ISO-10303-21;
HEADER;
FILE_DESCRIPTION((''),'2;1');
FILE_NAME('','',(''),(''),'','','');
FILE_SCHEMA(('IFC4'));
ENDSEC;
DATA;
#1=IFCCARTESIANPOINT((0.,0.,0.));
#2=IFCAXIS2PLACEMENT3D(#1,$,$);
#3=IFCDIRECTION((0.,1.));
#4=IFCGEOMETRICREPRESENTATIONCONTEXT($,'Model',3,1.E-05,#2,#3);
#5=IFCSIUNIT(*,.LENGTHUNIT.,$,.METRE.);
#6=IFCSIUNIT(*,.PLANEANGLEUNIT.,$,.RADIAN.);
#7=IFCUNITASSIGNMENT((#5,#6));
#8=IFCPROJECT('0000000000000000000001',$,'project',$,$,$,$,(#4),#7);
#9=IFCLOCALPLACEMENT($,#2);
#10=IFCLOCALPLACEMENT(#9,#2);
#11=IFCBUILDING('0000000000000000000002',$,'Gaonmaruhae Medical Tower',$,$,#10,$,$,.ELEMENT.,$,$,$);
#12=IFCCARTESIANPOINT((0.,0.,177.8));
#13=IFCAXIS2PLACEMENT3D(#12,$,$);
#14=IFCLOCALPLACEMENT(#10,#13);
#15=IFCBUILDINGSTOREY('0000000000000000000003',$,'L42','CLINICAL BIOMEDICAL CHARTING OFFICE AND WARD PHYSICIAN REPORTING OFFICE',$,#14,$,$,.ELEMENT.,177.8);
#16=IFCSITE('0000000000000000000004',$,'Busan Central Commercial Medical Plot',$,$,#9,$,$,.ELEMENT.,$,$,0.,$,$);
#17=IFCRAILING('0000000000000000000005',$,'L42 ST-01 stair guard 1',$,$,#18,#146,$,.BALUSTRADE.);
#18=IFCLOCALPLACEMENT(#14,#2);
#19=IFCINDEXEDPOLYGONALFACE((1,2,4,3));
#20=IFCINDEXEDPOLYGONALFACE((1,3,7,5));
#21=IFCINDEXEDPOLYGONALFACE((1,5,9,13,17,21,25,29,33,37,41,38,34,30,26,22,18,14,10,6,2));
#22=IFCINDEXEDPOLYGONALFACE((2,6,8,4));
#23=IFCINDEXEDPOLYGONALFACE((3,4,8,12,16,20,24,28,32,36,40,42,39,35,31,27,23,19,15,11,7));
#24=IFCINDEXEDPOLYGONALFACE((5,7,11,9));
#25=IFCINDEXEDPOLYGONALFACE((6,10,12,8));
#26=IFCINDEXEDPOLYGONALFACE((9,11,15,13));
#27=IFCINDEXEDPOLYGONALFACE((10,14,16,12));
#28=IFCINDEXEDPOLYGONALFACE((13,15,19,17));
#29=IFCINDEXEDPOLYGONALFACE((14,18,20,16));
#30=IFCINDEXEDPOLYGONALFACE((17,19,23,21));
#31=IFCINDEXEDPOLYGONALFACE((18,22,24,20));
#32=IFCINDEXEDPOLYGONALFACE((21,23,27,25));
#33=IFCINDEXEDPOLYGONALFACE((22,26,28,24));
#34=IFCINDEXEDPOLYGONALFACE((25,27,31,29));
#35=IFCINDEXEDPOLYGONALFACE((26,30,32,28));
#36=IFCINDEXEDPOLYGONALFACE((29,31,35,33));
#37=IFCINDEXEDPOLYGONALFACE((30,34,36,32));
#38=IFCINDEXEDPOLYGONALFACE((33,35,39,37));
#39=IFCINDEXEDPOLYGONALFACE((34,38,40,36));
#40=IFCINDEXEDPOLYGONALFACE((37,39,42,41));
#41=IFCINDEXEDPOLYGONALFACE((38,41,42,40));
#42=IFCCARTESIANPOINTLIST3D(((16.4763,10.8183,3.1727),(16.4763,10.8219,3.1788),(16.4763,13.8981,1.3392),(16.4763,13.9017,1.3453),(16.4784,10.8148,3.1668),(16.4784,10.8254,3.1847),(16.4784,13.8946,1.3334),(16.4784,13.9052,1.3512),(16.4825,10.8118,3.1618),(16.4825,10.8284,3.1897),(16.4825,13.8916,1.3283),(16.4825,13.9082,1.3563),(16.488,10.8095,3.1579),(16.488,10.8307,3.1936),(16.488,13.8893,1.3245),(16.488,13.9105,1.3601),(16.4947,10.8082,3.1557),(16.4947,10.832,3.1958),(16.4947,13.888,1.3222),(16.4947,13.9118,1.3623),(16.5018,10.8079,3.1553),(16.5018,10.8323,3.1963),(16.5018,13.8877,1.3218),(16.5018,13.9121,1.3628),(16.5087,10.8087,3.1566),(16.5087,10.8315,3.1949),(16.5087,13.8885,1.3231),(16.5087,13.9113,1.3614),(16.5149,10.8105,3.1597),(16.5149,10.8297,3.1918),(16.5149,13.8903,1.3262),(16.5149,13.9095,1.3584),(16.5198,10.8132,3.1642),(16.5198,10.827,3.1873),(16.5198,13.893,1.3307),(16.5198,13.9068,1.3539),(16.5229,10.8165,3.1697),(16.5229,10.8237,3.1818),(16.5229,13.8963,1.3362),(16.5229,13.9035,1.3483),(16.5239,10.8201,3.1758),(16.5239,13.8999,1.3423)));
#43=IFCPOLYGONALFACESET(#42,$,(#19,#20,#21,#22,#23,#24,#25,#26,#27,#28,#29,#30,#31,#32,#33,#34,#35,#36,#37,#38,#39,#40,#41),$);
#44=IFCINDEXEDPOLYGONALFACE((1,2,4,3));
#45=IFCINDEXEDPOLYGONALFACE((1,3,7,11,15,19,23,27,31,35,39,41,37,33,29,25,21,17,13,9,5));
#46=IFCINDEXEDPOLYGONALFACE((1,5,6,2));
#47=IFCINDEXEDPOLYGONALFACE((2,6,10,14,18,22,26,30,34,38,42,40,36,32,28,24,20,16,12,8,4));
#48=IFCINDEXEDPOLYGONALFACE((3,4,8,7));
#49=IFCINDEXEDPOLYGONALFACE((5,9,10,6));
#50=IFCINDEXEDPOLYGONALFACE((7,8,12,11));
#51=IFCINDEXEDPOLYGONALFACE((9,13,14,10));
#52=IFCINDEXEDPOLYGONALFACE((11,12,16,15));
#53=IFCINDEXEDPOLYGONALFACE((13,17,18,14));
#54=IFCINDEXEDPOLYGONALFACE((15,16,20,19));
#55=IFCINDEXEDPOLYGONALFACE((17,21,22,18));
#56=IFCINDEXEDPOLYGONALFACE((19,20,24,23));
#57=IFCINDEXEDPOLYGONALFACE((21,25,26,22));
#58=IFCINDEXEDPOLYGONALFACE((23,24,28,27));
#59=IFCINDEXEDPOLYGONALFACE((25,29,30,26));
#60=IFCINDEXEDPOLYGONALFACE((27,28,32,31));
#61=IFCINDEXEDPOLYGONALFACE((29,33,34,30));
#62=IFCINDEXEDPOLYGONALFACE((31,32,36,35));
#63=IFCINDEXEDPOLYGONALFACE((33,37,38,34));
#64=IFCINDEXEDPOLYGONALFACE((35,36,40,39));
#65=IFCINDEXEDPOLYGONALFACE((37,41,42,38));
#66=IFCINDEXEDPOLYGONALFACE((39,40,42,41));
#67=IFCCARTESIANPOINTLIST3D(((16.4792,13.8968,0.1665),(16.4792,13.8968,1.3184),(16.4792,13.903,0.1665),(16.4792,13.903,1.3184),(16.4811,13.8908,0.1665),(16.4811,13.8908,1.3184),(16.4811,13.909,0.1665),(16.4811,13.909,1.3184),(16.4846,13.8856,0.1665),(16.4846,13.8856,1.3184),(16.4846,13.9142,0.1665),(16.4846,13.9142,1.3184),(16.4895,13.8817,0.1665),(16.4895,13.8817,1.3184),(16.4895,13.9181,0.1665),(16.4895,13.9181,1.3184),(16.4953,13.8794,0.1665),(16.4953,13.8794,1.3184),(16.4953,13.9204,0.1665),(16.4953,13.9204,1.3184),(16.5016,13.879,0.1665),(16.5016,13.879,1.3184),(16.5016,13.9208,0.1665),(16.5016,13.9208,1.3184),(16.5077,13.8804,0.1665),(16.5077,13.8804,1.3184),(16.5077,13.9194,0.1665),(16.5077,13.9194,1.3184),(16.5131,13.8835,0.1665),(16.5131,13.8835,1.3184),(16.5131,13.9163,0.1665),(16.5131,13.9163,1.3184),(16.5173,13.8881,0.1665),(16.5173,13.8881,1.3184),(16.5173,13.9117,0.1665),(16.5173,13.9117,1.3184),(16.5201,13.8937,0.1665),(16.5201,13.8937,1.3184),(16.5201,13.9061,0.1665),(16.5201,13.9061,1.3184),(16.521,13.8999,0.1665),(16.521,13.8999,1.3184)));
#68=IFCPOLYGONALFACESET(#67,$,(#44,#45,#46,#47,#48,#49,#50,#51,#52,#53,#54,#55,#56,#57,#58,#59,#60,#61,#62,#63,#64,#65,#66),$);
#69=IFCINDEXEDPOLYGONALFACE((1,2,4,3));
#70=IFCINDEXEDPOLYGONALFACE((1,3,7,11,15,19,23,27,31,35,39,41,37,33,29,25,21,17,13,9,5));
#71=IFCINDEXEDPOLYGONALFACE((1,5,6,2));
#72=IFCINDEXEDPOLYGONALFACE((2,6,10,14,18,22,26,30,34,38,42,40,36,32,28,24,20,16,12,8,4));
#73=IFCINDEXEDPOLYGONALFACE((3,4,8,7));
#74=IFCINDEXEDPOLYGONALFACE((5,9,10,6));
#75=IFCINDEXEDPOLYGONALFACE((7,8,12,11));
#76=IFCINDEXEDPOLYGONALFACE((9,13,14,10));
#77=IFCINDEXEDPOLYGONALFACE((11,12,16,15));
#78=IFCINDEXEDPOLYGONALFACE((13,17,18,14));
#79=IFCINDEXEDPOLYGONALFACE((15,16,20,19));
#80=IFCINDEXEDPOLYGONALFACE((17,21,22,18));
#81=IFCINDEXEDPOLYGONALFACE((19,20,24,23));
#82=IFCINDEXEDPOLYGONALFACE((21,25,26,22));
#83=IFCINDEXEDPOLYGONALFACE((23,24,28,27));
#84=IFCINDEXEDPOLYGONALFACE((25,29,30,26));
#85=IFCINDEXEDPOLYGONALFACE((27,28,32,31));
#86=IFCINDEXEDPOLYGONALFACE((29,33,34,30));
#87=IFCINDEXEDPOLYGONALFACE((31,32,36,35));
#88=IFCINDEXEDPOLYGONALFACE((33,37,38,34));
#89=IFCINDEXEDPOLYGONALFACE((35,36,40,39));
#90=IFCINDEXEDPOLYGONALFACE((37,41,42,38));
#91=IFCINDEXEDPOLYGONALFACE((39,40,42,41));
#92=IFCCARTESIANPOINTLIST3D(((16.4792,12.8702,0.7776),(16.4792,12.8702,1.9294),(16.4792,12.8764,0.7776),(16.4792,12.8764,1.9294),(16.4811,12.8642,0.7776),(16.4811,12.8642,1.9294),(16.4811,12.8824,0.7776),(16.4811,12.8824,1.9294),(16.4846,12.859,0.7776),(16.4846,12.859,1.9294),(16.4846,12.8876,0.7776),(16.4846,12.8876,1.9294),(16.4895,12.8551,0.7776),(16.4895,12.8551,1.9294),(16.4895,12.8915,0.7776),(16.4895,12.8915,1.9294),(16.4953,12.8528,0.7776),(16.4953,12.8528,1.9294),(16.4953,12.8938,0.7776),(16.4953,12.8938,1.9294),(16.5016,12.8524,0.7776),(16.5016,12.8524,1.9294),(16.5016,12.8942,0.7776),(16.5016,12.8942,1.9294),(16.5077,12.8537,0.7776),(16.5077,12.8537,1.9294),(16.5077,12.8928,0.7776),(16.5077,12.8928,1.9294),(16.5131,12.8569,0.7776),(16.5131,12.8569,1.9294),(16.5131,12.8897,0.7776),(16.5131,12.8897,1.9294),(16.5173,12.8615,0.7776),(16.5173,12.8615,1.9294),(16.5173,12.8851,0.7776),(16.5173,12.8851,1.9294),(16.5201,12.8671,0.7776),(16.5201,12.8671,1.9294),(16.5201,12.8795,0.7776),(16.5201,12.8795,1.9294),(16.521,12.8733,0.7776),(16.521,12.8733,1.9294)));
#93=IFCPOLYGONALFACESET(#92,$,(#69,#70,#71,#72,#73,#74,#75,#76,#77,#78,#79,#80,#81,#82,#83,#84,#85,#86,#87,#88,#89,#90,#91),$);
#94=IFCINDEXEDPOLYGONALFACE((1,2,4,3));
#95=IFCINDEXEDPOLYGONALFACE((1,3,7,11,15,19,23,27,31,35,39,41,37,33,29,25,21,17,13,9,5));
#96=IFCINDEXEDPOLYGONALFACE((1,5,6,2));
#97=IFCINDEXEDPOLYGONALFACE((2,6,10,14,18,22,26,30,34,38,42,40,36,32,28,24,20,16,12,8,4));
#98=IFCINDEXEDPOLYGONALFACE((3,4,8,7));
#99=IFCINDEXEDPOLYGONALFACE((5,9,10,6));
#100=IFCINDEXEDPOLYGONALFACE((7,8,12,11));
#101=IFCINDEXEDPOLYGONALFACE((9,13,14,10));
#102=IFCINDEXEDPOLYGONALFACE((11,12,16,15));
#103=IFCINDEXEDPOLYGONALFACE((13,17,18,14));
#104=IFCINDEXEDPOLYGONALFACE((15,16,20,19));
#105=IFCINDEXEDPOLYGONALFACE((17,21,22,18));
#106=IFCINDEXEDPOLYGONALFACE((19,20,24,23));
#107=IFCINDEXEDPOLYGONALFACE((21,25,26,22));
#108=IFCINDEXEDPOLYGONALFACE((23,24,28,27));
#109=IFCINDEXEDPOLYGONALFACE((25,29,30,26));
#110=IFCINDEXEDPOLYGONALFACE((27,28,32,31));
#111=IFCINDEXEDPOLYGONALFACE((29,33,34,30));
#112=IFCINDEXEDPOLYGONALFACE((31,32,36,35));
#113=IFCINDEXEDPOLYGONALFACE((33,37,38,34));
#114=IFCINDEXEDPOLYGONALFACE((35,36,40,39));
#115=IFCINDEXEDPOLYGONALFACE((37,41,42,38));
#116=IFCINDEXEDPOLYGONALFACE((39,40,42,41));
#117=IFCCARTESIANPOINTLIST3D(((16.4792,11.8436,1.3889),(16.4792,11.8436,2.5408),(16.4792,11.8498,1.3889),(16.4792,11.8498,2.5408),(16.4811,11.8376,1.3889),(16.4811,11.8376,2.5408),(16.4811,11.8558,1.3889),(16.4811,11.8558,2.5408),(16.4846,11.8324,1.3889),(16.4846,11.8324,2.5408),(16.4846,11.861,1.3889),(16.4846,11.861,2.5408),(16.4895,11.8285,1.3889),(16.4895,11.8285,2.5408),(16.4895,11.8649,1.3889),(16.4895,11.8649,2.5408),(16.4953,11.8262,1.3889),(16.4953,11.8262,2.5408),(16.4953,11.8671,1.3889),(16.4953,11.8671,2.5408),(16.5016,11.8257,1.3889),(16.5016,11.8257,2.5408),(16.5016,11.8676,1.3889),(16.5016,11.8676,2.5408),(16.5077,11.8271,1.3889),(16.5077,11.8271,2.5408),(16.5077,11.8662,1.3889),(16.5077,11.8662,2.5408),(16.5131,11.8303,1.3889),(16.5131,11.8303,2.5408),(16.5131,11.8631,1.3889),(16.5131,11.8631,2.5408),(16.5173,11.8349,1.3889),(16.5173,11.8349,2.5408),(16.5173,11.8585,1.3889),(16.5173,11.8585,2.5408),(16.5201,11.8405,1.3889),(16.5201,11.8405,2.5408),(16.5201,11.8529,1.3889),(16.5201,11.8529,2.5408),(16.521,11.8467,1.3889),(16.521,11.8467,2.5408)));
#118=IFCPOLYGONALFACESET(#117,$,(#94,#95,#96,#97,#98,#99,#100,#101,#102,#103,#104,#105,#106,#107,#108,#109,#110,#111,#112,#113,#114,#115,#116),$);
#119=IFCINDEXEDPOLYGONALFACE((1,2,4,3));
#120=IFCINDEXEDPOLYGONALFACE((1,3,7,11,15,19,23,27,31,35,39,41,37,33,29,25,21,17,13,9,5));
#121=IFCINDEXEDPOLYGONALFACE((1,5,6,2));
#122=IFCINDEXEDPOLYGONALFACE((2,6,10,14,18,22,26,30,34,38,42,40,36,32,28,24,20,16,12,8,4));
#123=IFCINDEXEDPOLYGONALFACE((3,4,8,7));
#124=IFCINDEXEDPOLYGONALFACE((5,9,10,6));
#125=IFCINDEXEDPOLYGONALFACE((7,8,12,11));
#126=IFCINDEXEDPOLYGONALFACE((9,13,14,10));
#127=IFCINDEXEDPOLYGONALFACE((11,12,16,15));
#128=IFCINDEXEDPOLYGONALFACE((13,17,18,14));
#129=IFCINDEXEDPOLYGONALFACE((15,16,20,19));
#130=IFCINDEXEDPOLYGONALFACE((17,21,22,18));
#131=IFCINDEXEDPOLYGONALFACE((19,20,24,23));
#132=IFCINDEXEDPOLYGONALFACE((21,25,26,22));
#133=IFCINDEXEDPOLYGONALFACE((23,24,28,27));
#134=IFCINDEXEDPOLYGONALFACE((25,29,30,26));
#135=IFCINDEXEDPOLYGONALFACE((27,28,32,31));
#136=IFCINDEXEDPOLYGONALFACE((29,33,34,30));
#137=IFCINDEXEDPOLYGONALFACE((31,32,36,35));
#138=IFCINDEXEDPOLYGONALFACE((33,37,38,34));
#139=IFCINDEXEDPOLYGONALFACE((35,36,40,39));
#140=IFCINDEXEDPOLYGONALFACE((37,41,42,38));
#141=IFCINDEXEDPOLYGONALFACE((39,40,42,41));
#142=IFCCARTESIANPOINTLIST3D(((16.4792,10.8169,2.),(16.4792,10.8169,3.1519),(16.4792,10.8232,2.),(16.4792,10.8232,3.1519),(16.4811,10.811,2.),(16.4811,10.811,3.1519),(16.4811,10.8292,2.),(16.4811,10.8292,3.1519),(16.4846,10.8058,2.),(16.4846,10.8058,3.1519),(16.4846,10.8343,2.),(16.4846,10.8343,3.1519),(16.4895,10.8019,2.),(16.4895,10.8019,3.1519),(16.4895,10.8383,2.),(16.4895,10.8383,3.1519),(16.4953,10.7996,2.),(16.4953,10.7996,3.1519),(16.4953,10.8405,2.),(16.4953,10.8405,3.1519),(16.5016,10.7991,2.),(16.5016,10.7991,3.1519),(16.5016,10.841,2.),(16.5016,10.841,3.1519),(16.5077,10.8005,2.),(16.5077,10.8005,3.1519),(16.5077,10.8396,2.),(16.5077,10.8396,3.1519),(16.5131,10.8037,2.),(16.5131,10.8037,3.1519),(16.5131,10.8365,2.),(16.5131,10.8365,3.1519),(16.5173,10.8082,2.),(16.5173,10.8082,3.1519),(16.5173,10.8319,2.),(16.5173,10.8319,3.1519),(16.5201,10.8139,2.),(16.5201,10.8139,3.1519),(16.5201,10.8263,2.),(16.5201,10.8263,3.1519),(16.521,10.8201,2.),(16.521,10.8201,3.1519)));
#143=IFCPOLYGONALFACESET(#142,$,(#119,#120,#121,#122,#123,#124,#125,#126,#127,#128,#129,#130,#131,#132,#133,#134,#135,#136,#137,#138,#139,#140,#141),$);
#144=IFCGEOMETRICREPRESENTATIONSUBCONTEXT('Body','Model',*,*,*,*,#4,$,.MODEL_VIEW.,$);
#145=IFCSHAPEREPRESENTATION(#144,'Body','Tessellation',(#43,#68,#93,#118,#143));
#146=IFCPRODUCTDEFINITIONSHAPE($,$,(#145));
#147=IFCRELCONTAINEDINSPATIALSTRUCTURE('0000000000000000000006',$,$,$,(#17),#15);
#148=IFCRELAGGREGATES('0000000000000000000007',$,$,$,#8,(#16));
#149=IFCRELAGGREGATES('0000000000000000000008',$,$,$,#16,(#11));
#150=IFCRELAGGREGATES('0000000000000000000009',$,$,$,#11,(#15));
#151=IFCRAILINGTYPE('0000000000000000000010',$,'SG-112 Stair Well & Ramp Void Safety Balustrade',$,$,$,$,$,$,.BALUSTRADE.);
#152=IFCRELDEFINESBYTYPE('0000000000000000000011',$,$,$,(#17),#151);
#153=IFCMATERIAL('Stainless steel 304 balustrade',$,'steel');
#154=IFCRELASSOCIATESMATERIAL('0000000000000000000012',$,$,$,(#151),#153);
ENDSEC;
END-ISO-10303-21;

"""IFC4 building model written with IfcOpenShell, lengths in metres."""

from ifc_helpers import new_model, si_unit, direction, frame, origin, origin_2d, place, context, subcontext, project, spatial, circle, extrude, material, type_object, element, save


model = new_model("IFC4")

# Units and contexts
model_context = context("Model", 3, precision=1e-05, world=origin(), true_north=direction((0.0, 1.0)))
body_context = subcontext(model_context, "Body", "Model", "MODEL_VIEW")
ifc_project = project(units=[si_unit("LENGTHUNIT", "METRE"), si_unit("PLANEANGLEUNIT", "RADIAN")], contexts=[model_context])

# Site, building, storey
site_placement = place(None, origin())
site = spatial("IfcSite", under=ifc_project, at=site_placement, Name="Busan Central Commercial Medical Plot", CompositionType="ELEMENT", RefElevation=0.0)
building_placement = place(site_placement, origin())
building = spatial("IfcBuilding", under=site, at=building_placement, Name="Gaonmaruhae Medical Tower", CompositionType="ELEMENT")
storey_placement = place(building_placement, frame((0.0, 0.0, 177.8)))
storey = spatial("IfcBuildingStorey", under=building, at=storey_placement, Name="L42", Description="CLINICAL BIOMEDICAL CHARTING OFFICE AND WARD PHYSICIAN REPORTING OFFICE", CompositionType="ELEMENT", Elevation=177.8)

# Railing
ifc_material_1 = material(Name="Stainless steel 304 balustrade", Category="steel")
railing_type_1 = type_object("IfcRailingType", Name="SG-112 Stair Well & Ramp Void Safety Balustrade", PredefinedType="BALUSTRADE", material=ifc_material_1)
railing_1_placement = place(storey_placement, frame((16.5, 13.8999, 0.1665)))
element("IfcRailing", 1, at=railing_1_placement, inside=storey, type_object=railing_type_1, Name="L42 ST-01 stair guard 1", PredefinedType="BALUSTRADE", context=body_context, shape_type="SweptSolid", body=[
    extrude(circle(Radius=0.0239, at=origin_2d()), frame((0.0, 0.0, 1.1758), z_axis=(0.0, -0.859261, 0.511538), x_axis=(1.0, 0.0, 0.0)), (0.0, 0.0, 1.0), 3.5842),
    extrude(circle(Radius=0.021, at=origin_2d()), origin(), (0.0, 0.0, 1.0), 1.1519),
    extrude(circle(Radius=0.021, at=origin_2d()), frame((0.0, -1.0266, 0.6111)), (0.0, 0.0, 1.0), 1.1519),
    extrude(circle(Radius=0.021, at=origin_2d()), frame((0.0, -2.0532, 1.2224)), (0.0, 0.0, 1.0), 1.1519),
    extrude(circle(Radius=0.021, at=origin_2d()), frame((0.0, -3.0798, 1.8335)), (0.0, 0.0, 1.0), 1.1519),
])

save(model, "model.ifc")
